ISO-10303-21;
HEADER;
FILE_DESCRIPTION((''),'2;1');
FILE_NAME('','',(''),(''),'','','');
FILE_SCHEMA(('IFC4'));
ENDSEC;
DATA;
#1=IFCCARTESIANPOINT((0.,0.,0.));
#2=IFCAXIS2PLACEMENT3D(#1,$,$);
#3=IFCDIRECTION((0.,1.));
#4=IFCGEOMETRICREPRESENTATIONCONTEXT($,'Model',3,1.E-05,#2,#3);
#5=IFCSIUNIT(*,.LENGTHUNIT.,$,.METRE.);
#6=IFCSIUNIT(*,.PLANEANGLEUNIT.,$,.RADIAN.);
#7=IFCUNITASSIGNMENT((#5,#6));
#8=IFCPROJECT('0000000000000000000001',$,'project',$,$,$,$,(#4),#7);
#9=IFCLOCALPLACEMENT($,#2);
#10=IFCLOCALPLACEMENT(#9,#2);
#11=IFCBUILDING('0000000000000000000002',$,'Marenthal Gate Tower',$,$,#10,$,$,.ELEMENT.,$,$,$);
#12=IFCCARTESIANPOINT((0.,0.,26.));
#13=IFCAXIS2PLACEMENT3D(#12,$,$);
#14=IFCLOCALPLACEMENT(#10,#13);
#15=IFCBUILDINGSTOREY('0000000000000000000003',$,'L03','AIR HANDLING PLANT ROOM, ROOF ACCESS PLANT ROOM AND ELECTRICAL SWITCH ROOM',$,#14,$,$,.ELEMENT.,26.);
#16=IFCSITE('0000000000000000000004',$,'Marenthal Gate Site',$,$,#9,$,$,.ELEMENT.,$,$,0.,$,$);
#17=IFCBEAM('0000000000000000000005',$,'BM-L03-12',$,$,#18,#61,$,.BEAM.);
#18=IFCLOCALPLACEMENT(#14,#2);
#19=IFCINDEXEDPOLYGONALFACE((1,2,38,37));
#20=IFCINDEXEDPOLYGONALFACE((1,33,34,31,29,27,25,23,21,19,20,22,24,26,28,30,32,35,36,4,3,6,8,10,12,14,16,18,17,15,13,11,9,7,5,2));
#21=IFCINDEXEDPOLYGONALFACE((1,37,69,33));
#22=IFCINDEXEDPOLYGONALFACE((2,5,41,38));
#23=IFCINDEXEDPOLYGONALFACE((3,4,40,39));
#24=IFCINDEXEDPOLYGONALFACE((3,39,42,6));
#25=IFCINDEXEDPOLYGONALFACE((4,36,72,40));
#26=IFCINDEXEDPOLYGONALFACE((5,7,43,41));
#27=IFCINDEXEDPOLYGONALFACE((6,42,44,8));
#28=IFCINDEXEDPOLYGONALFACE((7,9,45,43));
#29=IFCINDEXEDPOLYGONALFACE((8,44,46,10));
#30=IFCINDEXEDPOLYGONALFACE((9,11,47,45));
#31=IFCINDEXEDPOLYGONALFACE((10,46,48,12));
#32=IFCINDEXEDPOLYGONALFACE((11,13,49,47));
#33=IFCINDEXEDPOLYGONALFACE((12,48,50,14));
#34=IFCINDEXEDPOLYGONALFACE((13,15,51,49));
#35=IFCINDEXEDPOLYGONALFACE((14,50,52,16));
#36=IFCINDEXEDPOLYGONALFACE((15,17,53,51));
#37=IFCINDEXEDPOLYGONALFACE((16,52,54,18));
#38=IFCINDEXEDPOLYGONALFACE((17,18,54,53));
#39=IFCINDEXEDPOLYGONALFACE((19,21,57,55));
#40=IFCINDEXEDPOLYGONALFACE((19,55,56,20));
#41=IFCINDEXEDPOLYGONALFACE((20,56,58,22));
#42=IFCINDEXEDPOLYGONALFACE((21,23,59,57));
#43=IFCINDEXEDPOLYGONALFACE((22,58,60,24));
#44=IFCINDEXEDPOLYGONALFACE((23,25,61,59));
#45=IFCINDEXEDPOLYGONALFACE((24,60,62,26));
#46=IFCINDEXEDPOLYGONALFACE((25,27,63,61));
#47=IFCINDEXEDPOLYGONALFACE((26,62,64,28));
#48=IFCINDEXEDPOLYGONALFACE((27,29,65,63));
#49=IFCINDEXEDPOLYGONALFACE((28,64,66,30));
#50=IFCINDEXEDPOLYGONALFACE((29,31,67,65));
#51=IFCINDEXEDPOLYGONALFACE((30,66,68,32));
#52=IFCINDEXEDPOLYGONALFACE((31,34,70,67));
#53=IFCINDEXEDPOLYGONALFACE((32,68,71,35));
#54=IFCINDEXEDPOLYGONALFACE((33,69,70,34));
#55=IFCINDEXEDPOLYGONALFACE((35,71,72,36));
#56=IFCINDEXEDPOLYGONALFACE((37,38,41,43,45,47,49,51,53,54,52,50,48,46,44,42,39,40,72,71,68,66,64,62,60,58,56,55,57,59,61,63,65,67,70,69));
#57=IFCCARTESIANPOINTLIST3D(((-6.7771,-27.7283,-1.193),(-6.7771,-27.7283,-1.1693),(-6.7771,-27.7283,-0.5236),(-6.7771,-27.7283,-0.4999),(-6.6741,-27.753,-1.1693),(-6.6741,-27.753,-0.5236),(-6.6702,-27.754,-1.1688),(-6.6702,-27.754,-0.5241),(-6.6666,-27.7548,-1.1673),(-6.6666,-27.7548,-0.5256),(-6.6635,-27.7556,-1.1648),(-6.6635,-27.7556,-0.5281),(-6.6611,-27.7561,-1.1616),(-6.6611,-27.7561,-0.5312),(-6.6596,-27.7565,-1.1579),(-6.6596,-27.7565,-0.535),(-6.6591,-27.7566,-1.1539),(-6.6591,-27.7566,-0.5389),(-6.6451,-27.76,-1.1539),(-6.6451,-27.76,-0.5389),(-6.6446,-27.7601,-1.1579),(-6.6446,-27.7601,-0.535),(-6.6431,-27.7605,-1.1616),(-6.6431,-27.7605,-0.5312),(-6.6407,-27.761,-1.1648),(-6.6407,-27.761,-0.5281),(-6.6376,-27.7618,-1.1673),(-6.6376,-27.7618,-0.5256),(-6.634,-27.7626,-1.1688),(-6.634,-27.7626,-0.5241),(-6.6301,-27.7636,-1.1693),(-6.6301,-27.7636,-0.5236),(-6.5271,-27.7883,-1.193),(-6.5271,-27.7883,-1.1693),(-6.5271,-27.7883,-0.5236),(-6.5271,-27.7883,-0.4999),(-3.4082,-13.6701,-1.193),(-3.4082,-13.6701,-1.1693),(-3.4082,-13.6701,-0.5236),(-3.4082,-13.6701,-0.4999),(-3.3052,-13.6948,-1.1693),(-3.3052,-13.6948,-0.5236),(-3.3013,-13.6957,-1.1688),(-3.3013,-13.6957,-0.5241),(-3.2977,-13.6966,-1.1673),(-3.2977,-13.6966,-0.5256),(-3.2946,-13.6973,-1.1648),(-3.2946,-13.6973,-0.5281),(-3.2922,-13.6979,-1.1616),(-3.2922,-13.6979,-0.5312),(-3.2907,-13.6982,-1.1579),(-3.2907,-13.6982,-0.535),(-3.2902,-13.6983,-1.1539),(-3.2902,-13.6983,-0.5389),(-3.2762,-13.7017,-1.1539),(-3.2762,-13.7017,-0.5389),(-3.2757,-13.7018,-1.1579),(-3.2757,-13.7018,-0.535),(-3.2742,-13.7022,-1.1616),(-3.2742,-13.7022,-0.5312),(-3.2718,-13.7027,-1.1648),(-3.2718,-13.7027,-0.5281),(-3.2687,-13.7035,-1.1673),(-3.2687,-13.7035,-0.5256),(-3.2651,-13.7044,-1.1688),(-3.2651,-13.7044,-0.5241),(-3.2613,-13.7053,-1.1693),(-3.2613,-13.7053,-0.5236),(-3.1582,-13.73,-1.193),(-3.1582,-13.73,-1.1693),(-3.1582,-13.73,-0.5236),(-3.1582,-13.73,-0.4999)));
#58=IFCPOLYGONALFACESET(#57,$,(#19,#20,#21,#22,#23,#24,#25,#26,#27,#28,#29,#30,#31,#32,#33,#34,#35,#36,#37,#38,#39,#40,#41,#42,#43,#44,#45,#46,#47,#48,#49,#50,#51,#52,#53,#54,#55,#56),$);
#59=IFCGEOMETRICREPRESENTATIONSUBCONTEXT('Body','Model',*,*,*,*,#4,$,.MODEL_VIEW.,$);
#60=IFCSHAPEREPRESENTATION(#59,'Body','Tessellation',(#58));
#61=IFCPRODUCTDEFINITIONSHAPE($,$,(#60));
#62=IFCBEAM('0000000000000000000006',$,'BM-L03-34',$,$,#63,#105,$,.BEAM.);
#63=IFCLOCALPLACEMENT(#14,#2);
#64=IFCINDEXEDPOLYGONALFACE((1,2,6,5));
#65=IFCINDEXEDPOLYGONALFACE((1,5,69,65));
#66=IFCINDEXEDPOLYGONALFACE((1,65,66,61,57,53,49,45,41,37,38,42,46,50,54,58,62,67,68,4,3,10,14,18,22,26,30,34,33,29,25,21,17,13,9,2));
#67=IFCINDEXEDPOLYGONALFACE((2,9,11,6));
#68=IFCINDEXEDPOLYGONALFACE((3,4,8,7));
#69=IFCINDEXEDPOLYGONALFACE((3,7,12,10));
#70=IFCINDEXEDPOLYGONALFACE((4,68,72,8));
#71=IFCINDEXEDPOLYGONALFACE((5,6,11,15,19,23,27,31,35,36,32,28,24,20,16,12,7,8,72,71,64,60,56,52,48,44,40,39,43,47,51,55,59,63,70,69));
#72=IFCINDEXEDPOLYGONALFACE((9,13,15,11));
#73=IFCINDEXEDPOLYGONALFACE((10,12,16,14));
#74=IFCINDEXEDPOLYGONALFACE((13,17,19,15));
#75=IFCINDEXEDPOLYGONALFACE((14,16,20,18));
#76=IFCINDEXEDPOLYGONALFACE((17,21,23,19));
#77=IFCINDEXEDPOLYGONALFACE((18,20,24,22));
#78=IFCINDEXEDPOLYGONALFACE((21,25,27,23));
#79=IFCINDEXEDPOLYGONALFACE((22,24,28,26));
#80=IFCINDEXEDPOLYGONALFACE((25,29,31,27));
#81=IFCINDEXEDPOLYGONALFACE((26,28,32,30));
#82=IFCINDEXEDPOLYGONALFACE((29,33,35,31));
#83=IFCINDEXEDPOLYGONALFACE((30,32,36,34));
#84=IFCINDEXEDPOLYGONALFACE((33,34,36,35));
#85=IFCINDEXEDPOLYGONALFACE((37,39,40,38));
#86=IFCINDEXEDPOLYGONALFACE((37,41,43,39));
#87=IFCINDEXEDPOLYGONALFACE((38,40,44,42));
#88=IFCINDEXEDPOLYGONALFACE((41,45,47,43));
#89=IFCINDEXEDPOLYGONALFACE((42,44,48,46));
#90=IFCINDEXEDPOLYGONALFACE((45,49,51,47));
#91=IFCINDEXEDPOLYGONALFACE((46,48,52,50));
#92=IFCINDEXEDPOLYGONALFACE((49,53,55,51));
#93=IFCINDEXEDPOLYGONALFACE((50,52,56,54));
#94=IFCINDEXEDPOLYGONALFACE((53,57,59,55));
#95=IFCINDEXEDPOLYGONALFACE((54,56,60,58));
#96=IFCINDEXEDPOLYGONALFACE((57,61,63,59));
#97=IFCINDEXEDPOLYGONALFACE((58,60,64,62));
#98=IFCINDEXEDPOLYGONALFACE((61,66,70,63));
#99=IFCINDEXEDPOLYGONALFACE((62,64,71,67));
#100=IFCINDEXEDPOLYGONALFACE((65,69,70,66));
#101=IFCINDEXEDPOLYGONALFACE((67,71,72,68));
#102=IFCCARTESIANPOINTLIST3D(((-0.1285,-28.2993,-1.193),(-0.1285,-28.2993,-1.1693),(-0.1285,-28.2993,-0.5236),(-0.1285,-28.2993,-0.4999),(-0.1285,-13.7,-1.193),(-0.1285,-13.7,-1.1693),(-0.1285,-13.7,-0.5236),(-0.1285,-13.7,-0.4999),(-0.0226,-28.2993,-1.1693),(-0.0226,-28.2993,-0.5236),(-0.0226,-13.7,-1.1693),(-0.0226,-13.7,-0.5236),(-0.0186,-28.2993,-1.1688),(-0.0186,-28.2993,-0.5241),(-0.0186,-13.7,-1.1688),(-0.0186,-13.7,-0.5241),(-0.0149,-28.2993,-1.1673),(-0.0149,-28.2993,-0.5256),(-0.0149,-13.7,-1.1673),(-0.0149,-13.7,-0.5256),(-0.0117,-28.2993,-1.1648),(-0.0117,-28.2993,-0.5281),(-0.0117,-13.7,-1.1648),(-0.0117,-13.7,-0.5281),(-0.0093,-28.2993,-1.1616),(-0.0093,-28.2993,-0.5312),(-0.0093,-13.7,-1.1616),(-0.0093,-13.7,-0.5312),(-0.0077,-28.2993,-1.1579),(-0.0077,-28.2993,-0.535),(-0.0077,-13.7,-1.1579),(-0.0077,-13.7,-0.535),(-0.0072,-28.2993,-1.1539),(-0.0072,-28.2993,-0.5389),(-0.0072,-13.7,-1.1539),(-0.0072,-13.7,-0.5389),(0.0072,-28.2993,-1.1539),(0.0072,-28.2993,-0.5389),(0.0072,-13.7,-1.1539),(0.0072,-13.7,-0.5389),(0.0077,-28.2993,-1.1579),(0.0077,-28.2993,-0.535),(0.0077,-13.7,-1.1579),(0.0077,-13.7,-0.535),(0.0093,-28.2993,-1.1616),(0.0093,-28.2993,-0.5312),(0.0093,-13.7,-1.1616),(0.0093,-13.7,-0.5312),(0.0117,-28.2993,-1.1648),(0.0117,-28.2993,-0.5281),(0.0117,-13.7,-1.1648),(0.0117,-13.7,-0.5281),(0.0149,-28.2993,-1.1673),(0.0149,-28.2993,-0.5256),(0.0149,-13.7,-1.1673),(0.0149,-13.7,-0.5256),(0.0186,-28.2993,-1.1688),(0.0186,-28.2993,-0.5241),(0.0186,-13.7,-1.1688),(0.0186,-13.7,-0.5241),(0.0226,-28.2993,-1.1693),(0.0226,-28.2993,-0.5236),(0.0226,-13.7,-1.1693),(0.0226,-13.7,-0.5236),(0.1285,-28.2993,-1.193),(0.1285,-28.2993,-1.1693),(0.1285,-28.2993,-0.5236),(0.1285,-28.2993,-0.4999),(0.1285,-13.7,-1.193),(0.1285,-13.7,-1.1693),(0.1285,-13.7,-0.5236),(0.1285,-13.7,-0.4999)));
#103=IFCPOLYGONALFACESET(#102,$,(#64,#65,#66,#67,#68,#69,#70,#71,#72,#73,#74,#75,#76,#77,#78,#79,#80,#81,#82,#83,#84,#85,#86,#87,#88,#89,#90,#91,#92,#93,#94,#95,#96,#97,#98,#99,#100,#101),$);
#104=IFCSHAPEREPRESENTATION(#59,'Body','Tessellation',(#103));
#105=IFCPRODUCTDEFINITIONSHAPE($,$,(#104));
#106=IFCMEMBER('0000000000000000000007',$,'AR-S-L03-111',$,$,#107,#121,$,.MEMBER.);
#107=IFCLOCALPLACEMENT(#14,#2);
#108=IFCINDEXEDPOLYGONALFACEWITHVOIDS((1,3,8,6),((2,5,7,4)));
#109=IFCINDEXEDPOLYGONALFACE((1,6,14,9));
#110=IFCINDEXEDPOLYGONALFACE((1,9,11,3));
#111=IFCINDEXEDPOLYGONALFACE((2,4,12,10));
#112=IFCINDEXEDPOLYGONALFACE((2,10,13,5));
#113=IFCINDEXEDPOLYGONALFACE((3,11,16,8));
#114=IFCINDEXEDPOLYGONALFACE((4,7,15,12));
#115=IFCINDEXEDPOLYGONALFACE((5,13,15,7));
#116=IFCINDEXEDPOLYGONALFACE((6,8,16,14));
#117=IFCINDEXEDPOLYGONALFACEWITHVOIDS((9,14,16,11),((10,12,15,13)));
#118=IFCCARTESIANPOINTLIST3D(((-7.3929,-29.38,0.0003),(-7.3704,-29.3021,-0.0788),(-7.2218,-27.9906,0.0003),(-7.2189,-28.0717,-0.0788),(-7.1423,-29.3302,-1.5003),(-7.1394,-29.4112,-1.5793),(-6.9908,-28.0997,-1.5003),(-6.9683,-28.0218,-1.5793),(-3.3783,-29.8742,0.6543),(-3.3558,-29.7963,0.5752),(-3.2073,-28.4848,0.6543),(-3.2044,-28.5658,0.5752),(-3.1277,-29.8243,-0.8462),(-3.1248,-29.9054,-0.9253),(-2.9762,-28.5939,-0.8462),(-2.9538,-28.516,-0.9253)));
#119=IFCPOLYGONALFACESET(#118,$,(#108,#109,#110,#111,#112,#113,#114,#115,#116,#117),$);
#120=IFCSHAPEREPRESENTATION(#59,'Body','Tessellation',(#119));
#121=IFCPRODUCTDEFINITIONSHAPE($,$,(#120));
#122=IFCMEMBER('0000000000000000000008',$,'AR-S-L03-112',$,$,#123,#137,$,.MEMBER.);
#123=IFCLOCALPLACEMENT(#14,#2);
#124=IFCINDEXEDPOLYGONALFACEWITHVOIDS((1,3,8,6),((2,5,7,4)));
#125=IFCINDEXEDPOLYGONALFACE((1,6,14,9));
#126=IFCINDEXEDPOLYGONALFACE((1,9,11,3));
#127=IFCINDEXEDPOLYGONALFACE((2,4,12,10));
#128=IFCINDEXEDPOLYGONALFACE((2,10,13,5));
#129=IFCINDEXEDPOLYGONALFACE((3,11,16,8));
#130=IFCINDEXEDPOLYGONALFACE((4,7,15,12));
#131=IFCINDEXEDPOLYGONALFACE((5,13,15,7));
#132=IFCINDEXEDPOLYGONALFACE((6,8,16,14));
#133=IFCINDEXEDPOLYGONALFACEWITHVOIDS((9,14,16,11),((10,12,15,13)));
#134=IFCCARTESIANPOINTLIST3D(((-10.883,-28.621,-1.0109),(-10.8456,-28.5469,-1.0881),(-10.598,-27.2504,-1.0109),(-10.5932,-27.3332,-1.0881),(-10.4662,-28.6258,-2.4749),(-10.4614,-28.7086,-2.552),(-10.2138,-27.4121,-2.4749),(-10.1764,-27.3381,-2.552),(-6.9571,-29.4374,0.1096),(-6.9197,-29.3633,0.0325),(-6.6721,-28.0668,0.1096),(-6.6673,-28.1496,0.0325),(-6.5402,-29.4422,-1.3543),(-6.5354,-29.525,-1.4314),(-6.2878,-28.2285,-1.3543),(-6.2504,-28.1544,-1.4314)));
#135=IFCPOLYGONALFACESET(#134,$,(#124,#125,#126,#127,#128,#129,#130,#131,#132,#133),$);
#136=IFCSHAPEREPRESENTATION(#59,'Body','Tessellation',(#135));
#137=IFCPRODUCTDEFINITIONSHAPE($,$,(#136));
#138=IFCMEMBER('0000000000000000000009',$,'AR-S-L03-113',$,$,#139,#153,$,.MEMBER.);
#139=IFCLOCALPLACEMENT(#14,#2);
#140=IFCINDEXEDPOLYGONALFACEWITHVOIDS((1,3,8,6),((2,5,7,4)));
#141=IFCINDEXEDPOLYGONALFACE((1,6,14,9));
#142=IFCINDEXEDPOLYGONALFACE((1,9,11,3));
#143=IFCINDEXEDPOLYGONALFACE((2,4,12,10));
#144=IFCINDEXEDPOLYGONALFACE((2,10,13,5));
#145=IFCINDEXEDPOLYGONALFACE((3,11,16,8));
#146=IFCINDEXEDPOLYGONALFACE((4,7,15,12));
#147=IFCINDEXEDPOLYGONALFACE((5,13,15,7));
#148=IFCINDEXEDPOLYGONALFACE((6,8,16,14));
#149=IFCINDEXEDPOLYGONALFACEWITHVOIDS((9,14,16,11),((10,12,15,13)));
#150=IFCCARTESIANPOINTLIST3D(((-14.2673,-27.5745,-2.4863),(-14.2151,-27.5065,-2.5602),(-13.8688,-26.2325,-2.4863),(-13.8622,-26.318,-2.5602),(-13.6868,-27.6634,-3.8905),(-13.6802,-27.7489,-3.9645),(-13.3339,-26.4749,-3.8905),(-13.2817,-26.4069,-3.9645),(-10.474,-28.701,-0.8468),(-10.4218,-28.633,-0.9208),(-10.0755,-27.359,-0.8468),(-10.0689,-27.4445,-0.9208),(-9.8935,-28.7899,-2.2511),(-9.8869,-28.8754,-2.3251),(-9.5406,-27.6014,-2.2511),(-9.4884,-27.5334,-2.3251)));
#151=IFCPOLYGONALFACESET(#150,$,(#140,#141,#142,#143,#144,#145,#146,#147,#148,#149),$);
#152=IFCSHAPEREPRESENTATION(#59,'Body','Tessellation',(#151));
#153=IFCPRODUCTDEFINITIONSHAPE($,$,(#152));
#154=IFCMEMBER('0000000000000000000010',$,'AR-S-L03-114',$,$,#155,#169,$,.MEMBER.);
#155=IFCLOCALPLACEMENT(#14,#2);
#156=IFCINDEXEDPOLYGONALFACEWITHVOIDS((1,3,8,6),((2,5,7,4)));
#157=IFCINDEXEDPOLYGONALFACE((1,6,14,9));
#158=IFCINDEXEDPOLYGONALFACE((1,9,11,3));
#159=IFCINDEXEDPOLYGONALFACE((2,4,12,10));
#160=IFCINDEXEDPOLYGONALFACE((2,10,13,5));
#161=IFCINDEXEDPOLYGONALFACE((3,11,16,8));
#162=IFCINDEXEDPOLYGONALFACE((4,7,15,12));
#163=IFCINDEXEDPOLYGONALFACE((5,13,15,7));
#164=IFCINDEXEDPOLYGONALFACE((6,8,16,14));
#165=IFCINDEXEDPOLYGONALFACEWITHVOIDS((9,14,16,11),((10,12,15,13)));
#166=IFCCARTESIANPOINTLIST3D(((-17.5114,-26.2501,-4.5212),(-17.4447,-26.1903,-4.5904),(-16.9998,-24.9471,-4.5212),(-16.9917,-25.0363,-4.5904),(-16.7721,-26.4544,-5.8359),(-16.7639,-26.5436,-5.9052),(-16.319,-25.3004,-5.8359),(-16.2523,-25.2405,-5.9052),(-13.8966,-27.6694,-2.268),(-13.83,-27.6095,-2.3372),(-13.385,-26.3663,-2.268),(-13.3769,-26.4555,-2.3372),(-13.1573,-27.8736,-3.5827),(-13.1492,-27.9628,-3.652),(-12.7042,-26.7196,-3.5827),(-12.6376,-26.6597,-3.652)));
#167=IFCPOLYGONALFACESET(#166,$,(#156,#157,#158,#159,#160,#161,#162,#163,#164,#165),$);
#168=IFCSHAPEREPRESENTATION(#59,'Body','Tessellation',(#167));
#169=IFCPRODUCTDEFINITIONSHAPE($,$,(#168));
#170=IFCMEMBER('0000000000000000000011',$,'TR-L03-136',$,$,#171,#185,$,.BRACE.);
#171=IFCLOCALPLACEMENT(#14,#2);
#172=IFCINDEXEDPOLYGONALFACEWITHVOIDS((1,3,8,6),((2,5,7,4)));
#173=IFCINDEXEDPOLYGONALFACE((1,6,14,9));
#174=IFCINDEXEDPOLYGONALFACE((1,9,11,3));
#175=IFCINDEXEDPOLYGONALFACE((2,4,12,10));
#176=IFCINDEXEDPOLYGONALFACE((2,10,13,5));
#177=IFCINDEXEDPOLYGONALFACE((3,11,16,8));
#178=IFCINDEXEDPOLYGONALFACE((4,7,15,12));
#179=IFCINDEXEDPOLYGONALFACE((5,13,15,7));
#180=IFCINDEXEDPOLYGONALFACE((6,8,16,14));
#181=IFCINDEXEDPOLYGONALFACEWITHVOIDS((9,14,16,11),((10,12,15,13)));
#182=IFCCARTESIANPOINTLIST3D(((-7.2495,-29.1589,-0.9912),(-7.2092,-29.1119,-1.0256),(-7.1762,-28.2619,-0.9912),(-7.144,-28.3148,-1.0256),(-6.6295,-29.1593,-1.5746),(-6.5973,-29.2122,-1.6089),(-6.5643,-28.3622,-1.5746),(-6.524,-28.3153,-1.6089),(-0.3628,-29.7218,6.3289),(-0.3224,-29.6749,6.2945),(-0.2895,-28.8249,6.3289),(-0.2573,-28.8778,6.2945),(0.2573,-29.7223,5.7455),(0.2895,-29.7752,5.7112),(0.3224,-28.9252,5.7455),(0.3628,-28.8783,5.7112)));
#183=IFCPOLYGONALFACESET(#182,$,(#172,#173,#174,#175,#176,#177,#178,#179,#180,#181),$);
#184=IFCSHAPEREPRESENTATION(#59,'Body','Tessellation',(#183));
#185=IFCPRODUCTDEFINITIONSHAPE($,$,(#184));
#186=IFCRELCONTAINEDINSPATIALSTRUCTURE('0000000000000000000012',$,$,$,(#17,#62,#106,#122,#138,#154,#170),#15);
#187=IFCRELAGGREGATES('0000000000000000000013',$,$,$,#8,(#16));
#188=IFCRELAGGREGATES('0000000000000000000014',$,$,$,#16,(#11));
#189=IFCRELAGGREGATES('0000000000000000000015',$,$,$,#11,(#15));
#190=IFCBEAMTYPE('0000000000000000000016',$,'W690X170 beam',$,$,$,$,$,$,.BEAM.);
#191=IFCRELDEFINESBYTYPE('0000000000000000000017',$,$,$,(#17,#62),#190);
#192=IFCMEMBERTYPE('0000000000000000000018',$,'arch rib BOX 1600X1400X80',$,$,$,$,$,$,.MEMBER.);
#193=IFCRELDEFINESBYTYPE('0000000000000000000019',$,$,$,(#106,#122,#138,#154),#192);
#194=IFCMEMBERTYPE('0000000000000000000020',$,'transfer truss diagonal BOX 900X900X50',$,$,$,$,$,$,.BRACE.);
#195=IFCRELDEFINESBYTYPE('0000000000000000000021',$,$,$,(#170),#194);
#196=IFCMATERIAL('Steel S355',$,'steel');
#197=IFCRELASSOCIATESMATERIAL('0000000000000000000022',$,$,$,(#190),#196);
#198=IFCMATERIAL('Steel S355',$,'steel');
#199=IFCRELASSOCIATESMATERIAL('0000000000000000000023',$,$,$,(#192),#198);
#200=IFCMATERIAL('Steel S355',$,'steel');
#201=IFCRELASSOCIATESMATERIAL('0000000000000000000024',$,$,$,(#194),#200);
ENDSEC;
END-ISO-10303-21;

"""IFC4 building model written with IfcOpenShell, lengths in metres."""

from ifc_helpers import new_model, si_unit, direction, frame, origin, origin_2d, place, context, subcontext, project, spatial, hollow_rectangle, i_section, extrude, material, material_profile, profile_set, type_object, element, save


model = new_model("IFC4")

# Units and contexts
model_context = context("Model", 3, precision=1e-05, world=origin(), true_north=direction((0.0, 1.0)))
body_context = subcontext(model_context, "Body", "Model", "MODEL_VIEW")
ifc_project = project(units=[si_unit("LENGTHUNIT", "METRE"), si_unit("PLANEANGLEUNIT", "RADIAN")], contexts=[model_context])

# Site, building, storey
site_placement = place(None, origin())
site = spatial("IfcSite", under=ifc_project, at=site_placement, Name="Marenthal Gate Site", CompositionType="ELEMENT", RefElevation=0.0)
building_placement = place(site_placement, origin())
building = spatial("IfcBuilding", under=site, at=building_placement, Name="Marenthal Gate Tower", CompositionType="ELEMENT")
storey_placement = place(building_placement, frame((0.0, 0.0, 26.0)))
storey = spatial("IfcBuildingStorey", under=building, at=storey_placement, Name="L03", Description="AIR HANDLING PLANT ROOM, ROOF ACCESS PLANT ROOM AND ELECTRICAL SWITCH ROOM", CompositionType="ELEMENT", Elevation=26.0)

# Beams
ifc_material_1 = material(Name="Steel S355", Category="steel")
ifc_material_profile_1 = material_profile(ifc_material_1, i_section(OverallWidth=0.2571, OverallDepth=0.6931, WebThickness=0.0144, FlangeThickness=0.0237, FilletRadius=0.0154, at=origin_2d()), Name="W690X170")
ifc_profile_set_1 = profile_set([ifc_material_profile_1], Name="Steel S355")
beam_type_1 = type_object("IfcBeamType", Name="W690X170 beam", PredefinedType="BEAM", material=ifc_profile_set_1)
beam_1_placement = place(storey_placement, frame((-6.6521, -27.7583, -0.8464), z_axis=(0.233039, 0.972467, 0.0), x_axis=(-0.972467, 0.233039, 0.0)))
element("IfcBeam", 1, at=beam_1_placement, inside=storey, type_object=beam_type_1, Name="BM-L03-12", PredefinedType="BEAM", context=body_context, shape_type="SweptSolid", body=[
    extrude(i_section(OverallWidth=0.2571, OverallDepth=0.6931, WebThickness=0.0144, FlangeThickness=0.0237, FilletRadius=0.0154, at=origin_2d()), origin(), (0.0, 0.0, 1.0), 14.4563),
])
beam_2_placement = place(storey_placement, frame((0.0, -28.2993, -0.8464), z_axis=(0.0, 1.0, 0.0), x_axis=(-1.0, 0.0, 0.0)))
element("IfcBeam", 2, at=beam_2_placement, inside=storey, type_object=beam_type_1, Name="BM-L03-34", PredefinedType="BEAM", context=body_context, shape_type="SweptSolid", body=[
    extrude(i_section(OverallWidth=0.2571, OverallDepth=0.6931, WebThickness=0.0144, FlangeThickness=0.0237, FilletRadius=0.0154, at=origin_2d()), origin(), (0.0, 0.0, 1.0), 14.5994),
])

# Members
ifc_material_2 = material(Name="Steel S355", Category="steel")
ifc_material_profile_2 = material_profile(ifc_material_2, hollow_rectangle(XDim=1.3999, YDim=1.6001, WallThickness=0.0801, at=origin_2d()), Name="BOX 1600X1400X80")
ifc_profile_set_2 = profile_set([ifc_material_profile_2], Name="Steel S355")
member_type_1 = type_object("IfcMemberType", Name="arch rib BOX 1600X1400X80", PredefinedType="MEMBER", material=ifc_profile_set_2)
member_1_placement = place(storey_placement, frame((-3.166, -29.1951, -0.1355), z_axis=(-0.979784, 0.120596, -0.159623), x_axis=(-0.122163, -0.99251, 0.0)))
element("IfcMember", 3, at=member_1_placement, inside=storey, type_object=member_type_1, Name="AR-S-L03-111", PredefinedType="MEMBER", context=body_context, shape_type="SweptSolid", body=[
    extrude(hollow_rectangle(XDim=1.3999, YDim=1.6001, WallThickness=0.0801, at=origin_2d()), origin(), (0.0, 0.0, 1.0), 4.0974),
])
member_2_placement = place(storey_placement, frame((-6.6038, -28.7959, -0.6609), z_axis=(-0.94293, 0.19608, -0.26914), x_axis=(-0.203592, -0.979056, 0.0)))
element("IfcMember", 4, at=member_2_placement, inside=storey, type_object=member_type_1, Name="AR-S-L03-112", PredefinedType="MEMBER", context=body_context, shape_type="SweptSolid", body=[
    extrude(hollow_rectangle(XDim=1.3999, YDim=1.6001, WallThickness=0.0801, at=origin_2d()), origin(), (0.0, 0.0, 1.0), 4.1636),
])
member_3_placement = place(storey_placement, frame((-9.9812, -28.1172, -1.5859), z_axis=(-0.885621, 0.263002, -0.38276), x_axis=(-0.284681, -0.958622, 0.0)))
element("IfcMember", 5, at=member_3_placement, inside=storey, type_object=member_type_1, Name="AR-S-L03-113", PredefinedType="MEMBER", context=body_context, shape_type="SweptSolid", body=[
    extrude(hollow_rectangle(XDim=1.3999, YDim=1.6001, WallThickness=0.0801, at=origin_2d()), origin(), (0.0, 0.0, 1.0), 4.2832),
])
member_4_placement = place(storey_placement, frame((-13.2671, -27.1646, -2.96), z_axis=(-0.805122, 0.3161, -0.501856), x_axis=(-0.365454, -0.930829, 0.0)))
element("IfcMember", 6, at=member_4_placement, inside=storey, type_object=member_type_1, Name="AR-S-L03-114", PredefinedType="MEMBER", context=body_context, shape_type="SweptSolid", body=[
    extrude(hollow_rectangle(XDim=1.3999, YDim=1.6001, WallThickness=0.0801, at=origin_2d()), origin(), (0.0, 0.0, 1.0), 4.4897),
])
ifc_material_3 = material(Name="Steel S355", Category="steel")
ifc_material_profile_3 = material_profile(ifc_material_3, hollow_rectangle(XDim=0.8999, YDim=0.8999, WallThickness=0.05, at=origin_2d()), Name="BOX 900X900X50")
ifc_profile_set_3 = profile_set([ifc_material_profile_3], Name="Steel S355")
member_type_2 = type_object("IfcMemberType", Name="transfer truss diagonal BOX 900X900X50", PredefinedType="BRACE", material=ifc_profile_set_3)
member_5_placement = place(storey_placement, frame((0.0, -29.3, 6.02), z_axis=(-0.684147, 0.055929, -0.727197), x_axis=(-0.081478, -0.996675, 0.0)))
element("IfcMember", 7, at=member_5_placement, inside=storey, type_object=member_type_2, Name="TR-L03-136", PredefinedType="BRACE", context=body_context, shape_type="SweptSolid", body=[
    extrude(hollow_rectangle(XDim=0.8999, YDim=0.8999, WallThickness=0.05, at=origin_2d()), origin(), (0.0, 0.0, 1.0), 10.0662),
])

save(model, "model.ifc")
